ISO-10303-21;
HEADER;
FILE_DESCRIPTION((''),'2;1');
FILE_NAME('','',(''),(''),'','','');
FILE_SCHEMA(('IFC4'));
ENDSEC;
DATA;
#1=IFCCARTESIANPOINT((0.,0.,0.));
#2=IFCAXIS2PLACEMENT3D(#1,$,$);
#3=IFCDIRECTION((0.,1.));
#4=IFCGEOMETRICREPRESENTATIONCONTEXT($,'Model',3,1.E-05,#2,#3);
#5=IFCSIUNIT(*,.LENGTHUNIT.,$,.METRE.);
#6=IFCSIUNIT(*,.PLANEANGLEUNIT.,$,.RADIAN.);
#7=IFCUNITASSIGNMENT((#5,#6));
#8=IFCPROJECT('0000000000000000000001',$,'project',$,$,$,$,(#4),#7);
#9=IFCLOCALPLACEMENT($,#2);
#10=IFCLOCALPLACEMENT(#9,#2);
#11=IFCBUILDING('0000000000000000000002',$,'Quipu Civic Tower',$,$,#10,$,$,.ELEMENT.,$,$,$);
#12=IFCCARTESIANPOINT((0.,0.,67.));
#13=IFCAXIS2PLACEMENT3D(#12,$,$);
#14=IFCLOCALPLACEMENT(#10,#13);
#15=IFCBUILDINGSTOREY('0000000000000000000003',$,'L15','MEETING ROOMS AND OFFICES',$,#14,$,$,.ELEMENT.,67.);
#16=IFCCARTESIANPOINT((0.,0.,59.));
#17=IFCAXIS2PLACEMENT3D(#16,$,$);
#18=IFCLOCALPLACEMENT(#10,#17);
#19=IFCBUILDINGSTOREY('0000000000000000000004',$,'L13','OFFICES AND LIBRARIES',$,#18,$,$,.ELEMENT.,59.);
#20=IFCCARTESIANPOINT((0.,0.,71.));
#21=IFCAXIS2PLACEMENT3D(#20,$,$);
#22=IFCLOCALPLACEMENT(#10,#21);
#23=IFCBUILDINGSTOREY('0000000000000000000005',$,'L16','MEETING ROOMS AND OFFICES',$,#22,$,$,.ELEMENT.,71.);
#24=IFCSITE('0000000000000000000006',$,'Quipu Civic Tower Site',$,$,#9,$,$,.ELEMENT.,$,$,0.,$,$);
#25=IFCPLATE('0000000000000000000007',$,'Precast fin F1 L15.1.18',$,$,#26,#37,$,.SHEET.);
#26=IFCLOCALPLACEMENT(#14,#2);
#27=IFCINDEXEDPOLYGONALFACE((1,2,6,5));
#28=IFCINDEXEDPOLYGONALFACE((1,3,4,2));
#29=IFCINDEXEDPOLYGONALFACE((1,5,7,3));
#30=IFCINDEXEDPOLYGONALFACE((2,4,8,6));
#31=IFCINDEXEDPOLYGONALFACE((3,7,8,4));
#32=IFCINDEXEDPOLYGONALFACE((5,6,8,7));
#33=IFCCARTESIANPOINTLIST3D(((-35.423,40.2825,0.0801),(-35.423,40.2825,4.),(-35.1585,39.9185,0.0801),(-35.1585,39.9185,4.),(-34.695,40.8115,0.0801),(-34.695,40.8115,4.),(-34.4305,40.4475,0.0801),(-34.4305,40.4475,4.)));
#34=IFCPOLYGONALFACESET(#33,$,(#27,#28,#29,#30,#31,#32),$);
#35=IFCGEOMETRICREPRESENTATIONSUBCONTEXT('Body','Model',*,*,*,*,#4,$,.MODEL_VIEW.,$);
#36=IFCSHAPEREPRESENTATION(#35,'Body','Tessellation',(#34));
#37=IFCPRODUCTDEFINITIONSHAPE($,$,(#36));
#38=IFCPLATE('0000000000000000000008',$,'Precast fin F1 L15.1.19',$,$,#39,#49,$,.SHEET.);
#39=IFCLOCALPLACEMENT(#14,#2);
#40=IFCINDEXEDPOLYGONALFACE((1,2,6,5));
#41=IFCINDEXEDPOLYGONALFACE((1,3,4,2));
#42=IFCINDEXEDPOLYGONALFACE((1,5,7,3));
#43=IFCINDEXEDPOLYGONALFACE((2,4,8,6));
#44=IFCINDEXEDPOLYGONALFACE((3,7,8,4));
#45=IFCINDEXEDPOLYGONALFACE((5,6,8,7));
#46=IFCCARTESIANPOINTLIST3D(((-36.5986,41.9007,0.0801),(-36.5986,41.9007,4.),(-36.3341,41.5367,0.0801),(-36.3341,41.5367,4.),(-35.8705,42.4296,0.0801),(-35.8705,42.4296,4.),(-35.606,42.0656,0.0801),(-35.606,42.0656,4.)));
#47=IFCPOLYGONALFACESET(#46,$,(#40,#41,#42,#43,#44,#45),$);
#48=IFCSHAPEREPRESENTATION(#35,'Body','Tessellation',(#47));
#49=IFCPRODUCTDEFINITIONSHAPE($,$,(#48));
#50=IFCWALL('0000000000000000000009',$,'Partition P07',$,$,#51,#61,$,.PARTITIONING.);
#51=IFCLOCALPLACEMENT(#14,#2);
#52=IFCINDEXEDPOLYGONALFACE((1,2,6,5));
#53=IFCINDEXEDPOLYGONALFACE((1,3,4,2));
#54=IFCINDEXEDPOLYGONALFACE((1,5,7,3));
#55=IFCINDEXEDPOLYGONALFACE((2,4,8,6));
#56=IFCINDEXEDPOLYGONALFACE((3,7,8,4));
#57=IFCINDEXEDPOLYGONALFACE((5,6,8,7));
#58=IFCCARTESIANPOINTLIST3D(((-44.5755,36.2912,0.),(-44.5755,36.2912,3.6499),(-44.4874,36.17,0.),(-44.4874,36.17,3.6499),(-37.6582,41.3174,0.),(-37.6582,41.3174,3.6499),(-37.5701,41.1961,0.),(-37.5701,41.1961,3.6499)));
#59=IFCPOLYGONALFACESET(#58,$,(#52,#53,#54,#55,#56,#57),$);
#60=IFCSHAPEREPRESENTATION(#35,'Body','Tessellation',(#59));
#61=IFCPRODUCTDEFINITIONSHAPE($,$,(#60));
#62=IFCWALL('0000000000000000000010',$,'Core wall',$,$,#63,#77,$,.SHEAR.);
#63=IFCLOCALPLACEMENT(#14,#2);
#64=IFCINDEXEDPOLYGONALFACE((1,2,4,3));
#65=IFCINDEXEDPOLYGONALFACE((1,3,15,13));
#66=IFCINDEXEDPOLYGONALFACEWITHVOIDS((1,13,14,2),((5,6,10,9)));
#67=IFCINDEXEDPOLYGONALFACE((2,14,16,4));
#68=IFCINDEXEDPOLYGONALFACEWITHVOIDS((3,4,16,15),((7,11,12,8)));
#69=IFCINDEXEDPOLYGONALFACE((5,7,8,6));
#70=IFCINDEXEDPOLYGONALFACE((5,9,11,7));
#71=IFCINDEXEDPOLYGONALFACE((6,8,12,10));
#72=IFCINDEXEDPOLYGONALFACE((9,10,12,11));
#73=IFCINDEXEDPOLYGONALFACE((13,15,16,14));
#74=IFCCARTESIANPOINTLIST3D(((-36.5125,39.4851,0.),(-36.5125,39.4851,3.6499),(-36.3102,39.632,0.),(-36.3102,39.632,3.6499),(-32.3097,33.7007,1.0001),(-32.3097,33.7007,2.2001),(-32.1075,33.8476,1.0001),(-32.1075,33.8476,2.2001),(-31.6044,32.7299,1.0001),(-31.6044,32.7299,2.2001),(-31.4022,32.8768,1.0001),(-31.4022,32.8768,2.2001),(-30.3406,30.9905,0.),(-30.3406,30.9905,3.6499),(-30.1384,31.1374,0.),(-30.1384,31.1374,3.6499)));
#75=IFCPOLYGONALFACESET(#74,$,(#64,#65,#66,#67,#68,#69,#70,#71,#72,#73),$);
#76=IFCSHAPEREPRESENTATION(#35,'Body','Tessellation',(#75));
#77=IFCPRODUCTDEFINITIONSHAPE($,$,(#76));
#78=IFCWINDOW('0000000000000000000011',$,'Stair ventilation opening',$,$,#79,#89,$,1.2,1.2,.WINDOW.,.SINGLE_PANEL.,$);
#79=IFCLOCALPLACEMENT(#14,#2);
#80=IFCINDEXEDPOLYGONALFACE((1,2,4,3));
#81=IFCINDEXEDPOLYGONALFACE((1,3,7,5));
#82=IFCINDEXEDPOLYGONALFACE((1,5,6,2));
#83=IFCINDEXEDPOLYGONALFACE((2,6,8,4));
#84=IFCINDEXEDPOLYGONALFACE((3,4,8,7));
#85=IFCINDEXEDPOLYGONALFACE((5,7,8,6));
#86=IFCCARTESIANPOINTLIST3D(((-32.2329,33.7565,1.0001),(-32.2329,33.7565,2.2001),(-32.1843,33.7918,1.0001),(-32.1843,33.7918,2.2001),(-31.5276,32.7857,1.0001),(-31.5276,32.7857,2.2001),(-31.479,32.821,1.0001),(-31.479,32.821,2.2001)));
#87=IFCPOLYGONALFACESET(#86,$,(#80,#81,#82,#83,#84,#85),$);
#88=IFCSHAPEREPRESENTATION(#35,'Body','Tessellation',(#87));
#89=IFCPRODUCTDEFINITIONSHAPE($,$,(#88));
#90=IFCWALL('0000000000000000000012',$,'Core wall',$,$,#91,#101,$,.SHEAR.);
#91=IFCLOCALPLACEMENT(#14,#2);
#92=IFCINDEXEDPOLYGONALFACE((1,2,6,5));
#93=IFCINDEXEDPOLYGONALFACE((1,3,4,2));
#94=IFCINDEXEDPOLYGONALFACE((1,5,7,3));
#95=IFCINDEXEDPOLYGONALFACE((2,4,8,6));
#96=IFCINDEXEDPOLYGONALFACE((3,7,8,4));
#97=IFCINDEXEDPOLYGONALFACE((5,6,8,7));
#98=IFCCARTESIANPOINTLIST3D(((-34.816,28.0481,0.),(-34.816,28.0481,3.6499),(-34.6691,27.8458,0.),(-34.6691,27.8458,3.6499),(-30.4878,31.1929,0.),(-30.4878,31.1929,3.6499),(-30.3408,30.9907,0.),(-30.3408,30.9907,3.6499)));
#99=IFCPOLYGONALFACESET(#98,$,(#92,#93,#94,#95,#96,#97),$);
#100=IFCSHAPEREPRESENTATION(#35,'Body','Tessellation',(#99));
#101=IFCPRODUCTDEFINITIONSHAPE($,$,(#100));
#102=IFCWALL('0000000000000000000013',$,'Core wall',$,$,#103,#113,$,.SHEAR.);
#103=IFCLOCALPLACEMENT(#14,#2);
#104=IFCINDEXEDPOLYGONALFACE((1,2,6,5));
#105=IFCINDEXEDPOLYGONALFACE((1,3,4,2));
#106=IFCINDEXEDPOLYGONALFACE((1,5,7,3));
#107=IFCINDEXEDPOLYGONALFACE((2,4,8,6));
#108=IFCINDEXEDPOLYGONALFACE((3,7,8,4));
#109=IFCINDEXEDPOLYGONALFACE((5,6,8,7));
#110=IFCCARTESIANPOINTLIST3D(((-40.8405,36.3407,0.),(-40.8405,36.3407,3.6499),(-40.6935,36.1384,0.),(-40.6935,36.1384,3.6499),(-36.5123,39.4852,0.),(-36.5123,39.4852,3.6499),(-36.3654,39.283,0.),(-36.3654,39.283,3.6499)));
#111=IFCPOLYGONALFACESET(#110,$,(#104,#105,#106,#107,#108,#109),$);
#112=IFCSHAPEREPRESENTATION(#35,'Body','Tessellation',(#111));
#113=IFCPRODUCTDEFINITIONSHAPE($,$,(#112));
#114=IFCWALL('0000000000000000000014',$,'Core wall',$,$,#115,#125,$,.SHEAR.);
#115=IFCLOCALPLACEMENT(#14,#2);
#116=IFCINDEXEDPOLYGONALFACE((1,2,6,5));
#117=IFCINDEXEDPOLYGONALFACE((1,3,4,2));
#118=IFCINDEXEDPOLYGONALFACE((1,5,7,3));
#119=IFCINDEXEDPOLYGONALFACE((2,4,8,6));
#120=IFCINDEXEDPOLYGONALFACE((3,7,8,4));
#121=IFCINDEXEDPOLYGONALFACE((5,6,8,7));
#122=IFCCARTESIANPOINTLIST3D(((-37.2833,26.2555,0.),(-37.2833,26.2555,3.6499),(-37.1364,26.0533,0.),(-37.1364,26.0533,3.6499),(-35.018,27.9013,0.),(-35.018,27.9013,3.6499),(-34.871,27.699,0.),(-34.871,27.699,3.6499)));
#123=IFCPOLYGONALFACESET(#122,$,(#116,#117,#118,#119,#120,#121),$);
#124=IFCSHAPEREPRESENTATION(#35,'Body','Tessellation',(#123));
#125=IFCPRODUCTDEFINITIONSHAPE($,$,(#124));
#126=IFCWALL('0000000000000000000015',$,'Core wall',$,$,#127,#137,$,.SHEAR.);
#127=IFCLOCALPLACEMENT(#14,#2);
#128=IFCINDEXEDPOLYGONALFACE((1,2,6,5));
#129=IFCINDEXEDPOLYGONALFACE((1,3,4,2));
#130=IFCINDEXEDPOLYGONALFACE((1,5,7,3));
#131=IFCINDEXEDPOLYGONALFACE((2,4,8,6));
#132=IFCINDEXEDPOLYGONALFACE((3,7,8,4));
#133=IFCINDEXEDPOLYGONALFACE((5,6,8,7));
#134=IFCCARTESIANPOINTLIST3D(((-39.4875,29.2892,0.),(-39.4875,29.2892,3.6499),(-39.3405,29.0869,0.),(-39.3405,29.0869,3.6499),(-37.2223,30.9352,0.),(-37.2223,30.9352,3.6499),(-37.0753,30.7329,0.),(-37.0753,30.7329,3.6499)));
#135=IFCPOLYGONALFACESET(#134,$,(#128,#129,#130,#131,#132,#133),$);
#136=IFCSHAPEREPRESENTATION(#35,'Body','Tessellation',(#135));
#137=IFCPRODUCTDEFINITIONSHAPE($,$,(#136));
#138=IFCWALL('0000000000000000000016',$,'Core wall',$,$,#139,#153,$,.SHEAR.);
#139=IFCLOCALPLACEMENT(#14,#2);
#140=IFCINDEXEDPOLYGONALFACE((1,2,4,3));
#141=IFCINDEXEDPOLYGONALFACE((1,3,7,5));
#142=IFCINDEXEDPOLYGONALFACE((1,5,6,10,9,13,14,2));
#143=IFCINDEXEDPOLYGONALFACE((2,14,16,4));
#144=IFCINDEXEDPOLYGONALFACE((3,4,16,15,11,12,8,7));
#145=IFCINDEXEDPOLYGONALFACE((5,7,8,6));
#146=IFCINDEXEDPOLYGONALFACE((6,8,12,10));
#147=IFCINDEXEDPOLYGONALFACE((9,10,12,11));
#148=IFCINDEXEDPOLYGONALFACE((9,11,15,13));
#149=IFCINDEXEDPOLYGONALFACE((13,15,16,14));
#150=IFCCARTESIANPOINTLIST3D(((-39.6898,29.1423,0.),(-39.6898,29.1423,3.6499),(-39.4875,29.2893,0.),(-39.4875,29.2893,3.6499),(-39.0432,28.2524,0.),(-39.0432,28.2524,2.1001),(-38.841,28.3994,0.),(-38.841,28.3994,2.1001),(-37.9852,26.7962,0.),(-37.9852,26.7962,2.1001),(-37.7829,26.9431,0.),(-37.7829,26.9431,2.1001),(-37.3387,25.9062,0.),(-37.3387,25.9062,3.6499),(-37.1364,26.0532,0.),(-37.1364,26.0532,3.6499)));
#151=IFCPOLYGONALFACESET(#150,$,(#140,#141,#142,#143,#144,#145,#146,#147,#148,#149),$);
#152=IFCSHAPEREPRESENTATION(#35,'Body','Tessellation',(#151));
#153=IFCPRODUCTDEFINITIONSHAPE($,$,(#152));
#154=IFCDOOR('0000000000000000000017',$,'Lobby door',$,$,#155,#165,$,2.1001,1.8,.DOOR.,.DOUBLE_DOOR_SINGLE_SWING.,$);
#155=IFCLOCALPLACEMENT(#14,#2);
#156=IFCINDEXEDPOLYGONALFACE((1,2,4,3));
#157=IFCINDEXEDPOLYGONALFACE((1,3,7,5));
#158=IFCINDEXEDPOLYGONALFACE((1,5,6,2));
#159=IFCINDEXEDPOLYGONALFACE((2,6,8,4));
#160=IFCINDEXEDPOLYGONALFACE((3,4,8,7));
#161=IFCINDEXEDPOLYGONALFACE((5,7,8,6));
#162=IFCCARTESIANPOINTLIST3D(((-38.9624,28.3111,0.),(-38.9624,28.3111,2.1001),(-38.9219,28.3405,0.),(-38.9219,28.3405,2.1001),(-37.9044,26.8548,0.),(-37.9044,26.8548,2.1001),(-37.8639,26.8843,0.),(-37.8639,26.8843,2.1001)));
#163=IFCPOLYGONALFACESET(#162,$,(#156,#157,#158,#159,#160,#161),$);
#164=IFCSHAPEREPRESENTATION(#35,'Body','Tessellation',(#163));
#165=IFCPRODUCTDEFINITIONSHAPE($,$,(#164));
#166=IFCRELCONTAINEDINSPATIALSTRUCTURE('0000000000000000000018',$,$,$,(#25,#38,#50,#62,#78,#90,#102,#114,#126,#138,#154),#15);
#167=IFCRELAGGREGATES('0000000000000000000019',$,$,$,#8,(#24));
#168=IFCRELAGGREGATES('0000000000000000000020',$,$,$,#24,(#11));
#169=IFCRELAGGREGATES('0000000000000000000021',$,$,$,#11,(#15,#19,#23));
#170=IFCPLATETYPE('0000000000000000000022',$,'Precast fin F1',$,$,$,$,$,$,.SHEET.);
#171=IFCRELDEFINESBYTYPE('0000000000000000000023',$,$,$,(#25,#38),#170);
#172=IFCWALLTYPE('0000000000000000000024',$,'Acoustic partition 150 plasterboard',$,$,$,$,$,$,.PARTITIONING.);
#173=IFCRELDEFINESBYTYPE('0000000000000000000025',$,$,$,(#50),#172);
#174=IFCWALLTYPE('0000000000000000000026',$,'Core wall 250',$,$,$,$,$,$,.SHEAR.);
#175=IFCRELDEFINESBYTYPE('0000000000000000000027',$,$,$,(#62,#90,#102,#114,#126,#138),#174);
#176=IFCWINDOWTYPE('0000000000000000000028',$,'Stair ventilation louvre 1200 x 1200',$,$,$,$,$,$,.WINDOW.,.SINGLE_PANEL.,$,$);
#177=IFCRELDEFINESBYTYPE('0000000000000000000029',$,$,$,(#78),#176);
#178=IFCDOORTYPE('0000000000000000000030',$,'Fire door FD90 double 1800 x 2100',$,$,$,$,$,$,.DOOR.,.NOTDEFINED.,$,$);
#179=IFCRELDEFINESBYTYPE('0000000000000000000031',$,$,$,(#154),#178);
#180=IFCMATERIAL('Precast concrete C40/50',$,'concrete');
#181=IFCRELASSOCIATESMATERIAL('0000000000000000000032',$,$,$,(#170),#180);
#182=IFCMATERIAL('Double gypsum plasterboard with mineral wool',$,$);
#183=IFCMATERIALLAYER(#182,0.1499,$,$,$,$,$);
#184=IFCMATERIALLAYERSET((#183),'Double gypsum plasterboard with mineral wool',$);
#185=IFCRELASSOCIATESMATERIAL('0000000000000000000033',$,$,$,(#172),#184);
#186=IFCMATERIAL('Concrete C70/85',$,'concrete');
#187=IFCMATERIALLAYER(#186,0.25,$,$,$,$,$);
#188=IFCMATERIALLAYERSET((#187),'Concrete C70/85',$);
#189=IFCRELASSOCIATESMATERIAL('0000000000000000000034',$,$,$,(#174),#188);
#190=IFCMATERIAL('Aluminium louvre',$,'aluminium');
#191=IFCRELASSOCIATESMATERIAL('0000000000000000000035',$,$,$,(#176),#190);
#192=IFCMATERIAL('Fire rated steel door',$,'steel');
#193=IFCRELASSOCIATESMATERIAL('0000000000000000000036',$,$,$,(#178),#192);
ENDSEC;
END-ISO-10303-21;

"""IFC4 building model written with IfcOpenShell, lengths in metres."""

from ifc_helpers import new_model, si_unit, direction, frame, frame_2d, origin, origin_2d, place, context, subcontext, project, spatial, rectangle, extrude, material, layer, layer_set, type_object, element, fill, save


model = new_model("IFC4")

# Units and contexts
model_context = context("Model", 3, precision=1e-05, world=origin(), true_north=direction((0.0, 1.0)))
body_context = subcontext(model_context, "Body", "Model", "MODEL_VIEW")
ifc_project = project(units=[si_unit("LENGTHUNIT", "METRE"), si_unit("PLANEANGLEUNIT", "RADIAN")], contexts=[model_context])

# Site, building, storey
site_placement = place(None, origin())
site = spatial("IfcSite", under=ifc_project, at=site_placement, Name="Quipu Civic Tower Site", CompositionType="ELEMENT", RefElevation=0.0)
building_placement = place(site_placement, origin())
building = spatial("IfcBuilding", under=site, at=building_placement, Name="Quipu Civic Tower", CompositionType="ELEMENT")
storey_1_placement = place(building_placement, frame((0.0, 0.0, 67.0)))
storey_1 = spatial("IfcBuildingStorey", under=building, at=storey_1_placement, Name="L15", Description="MEETING ROOMS AND OFFICES", CompositionType="ELEMENT", Elevation=67.0)

# Shared definitions
storey_2_placement = place(building_placement, frame((0.0, 0.0, 59.0)))
storey_2 = spatial("IfcBuildingStorey", under=building, at=storey_2_placement, Name="L13", Description="OFFICES AND LIBRARIES", CompositionType="ELEMENT", Elevation=59.0)

# Shared definitions
storey_3_placement = place(building_placement, frame((0.0, 0.0, 71.0)))
storey_3 = spatial("IfcBuildingStorey", under=building, at=storey_3_placement, Name="L16", Description="MEETING ROOMS AND OFFICES", CompositionType="ELEMENT", Elevation=71.0)

# Plates
ifc_material_1 = material(Name="Precast concrete C40/50", Category="concrete")
plate_type_1 = type_object("IfcPlateType", Name="Precast fin F1", PredefinedType="SHEET", material=ifc_material_1)
for number, where, z_axis, x_axis, name in (
    (1, (-34.9268, 40.365, 0.0801), (0.0, 0.0, 1.0), (-0.587785, 0.809017, 0.0), "Precast fin F1 L15.1.18"),
    (2, (-36.1023, 41.9832, 0.0801), (0.0, 0.0, 1.0), (-0.587785, 0.809017, 0.0), "Precast fin F1 L15.1.19"),
):
    element("IfcPlate", number, at=place(storey_1_placement, frame(where, z_axis=z_axis, x_axis=x_axis)), inside=storey_1, type_object=plate_type_1, Name=name, PredefinedType="SHEET", context=body_context, shape_type="SweptSolid", body=[
        extrude(rectangle(XDim=0.45, YDim=0.8999, at=origin_2d()), origin(), (0.0, 0.0, 1.0), 3.9199),
    ])

# Wall
ifc_material_2 = material(Name="Double gypsum plasterboard with mineral wool")
ifc_layer_1 = layer(ifc_material_2, 0.1499)
ifc_layer_set_1 = layer_set([ifc_layer_1], Name="Double gypsum plasterboard with mineral wool")
wall_type_1 = type_object("IfcWallType", Name="Acoustic partition 150 plasterboard", PredefinedType="PARTITIONING", material=ifc_layer_set_1)
wall_1_placement = place(storey_1_placement, frame((-37.614, 41.2568, 0.0), z_axis=(0.0, 0.0, 1.0), x_axis=(-0.808992, -0.58782, 0.0)))
element("IfcWall", 3, at=wall_1_placement, inside=storey_1, type_object=wall_type_1, Name="Partition P07", PredefinedType="PARTITIONING", context=body_context, shape_type="SweptSolid", body=[
    extrude(rectangle(XDim=8.5505, YDim=0.1499, at=frame_2d((4.2754, 0.0))), origin(), (0.0, 0.0, 1.0), 3.6499),
])

# Wall, opening, window
ifc_material_3 = material(Name="Concrete C70/85", Category="concrete")
ifc_layer_2 = layer(ifc_material_3, 0.25)
ifc_layer_set_2 = layer_set([ifc_layer_2], Name="Concrete C70/85")
wall_type_2 = type_object("IfcWallType", Name="Core wall 250", PredefinedType="SHEAR", material=ifc_layer_set_2)
wall_2_placement = place(storey_1_placement, frame((-30.2395, 31.064, 0.0), z_axis=(0.0, 0.0, 1.0), x_axis=(-0.587796, 0.809009, 0.0)))
wall_2 = element("IfcWall", 4, at=wall_2_placement, inside=storey_1, type_object=wall_type_2, Name="Core wall", PredefinedType="SHEAR", context=body_context, shape_type="SweptSolid", body=[
    extrude(rectangle(XDim=10.5, YDim=0.25, at=frame_2d((5.25, 0.0))), origin(), (0.0, 0.0, 1.0), 3.6499),
])
opening_1_placement = place(wall_2_placement, frame((2.1499, 0.0, 1.0)))
opening_1 = element("IfcOpeningElement", 5, at=opening_1_placement, cuts=wall_2, PredefinedType="OPENING", context=body_context, shape_type="SweptSolid", body=[
    extrude(rectangle(XDim=1.2, YDim=1.2, at=frame_2d((0.6001, 0.6001))), frame((0.0, 0.135, 0.0), z_axis=(0.0, -1.0, 0.0), x_axis=(1.0, 0.0, 0.0)), (0.0, 0.0, 1.0), 0.27),
])
ifc_material_4 = material(Name="Aluminium louvre", Category="aluminium")
window_type = type_object("IfcWindowType", Name="Stair ventilation louvre 1200 x 1200", PartitioningType="SINGLE_PANEL", PredefinedType="WINDOW", material=ifc_material_4)
window_placement = place(opening_1_placement, origin())
window = element("IfcWindow", 6, at=window_placement, inside=storey_1, type_object=window_type, Name="Stair ventilation opening", OverallHeight=1.2, OverallWidth=1.2, PartitioningType="SINGLE_PANEL", PredefinedType="WINDOW", context=body_context, shape_type="SweptSolid", body=[
    extrude(rectangle(XDim=1.2, YDim=1.2, at=frame_2d((0.6001, 0.6001))), frame((0.0, 0.03, 0.0), z_axis=(0.0, -1.0, 0.0), x_axis=(1.0, 0.0, 0.0)), (0.0, 0.0, 1.0), 0.0601),
])
fill(opening_1, window)

# Walls
wall_3_placement = place(storey_1_placement, frame((-30.4143, 31.0918, 0.0), z_axis=(0.0, 0.0, 1.0), x_axis=(-0.808998, -0.587811, 0.0)))
element("IfcWall", 7, at=wall_3_placement, inside=storey_1, type_object=wall_type_2, Name="Core wall", PredefinedType="SHEAR", context=body_context, shape_type="SweptSolid", body=[
    extrude(rectangle(XDim=5.3501, YDim=0.25, at=frame_2d((2.675, 0.0))), origin(), (0.0, 0.0, 1.0), 3.6499),
])
wall_4_placement = place(storey_1_placement, frame((-36.439, 39.384, 0.0), z_axis=(0.0, 0.0, 1.0), x_axis=(-0.80902, -0.587781, 0.0)))
element("IfcWall", 8, at=wall_4_placement, inside=storey_1, type_object=wall_type_2, Name="Core wall", PredefinedType="SHEAR", context=body_context, shape_type="SweptSolid", body=[
    extrude(rectangle(XDim=5.3499, YDim=0.25, at=frame_2d((2.6748, 0.0))), origin(), (0.0, 0.0, 1.0), 3.6499),
])
for number, where, z_axis, x_axis, name in (
    (9, (-34.9446, 27.8, 0.0), (0.0, 0.0, 1.0), (-0.809041, -0.587752, 0.0), "Core wall"),
    (10, (-37.1489, 30.834, 0.0), (0.0, 0.0, 1.0), (-0.80897, -0.58785, 0.0), "Core wall"),
):
    element("IfcWall", number, at=place(storey_1_placement, frame(where, z_axis=z_axis, x_axis=x_axis)), inside=storey_1, type_object=wall_type_2, Name=name, PredefinedType="SHEAR", context=body_context, shape_type="SweptSolid", body=[
        extrude(rectangle(XDim=2.8, YDim=0.25, at=frame_2d((1.3999, 0.0))), origin(), (0.0, 0.0, 1.0), 3.6499),
    ])

# Wall, opening, door
wall_5_placement = place(storey_1_placement, frame((-39.5886, 29.2158, 0.0), z_axis=(0.0, 0.0, 1.0), x_axis=(0.587772, -0.809026, 0.0)))
wall_5 = element("IfcWall", 11, at=wall_5_placement, inside=storey_1, type_object=wall_type_2, Name="Core wall", PredefinedType="SHEAR", context=body_context, shape_type="SweptSolid", body=[
    extrude(rectangle(XDim=4.0, YDim=0.25, at=frame_2d((2.0, 0.0))), origin(), (0.0, 0.0, 1.0), 3.6499),
])
opening_2_placement = place(wall_5_placement, frame((1.1001, 0.0, 0.0)))
opening_2 = element("IfcOpeningElement", 12, at=opening_2_placement, cuts=wall_5, PredefinedType="OPENING", context=body_context, shape_type="SweptSolid", body=[
    extrude(rectangle(XDim=1.8, YDim=2.1001, at=frame_2d((0.8999, 1.05))), frame((0.0, 0.135, 0.0), z_axis=(0.0, -1.0, 0.0), x_axis=(1.0, 0.0, 0.0)), (0.0, 0.0, 1.0), 0.27),
])
ifc_material_5 = material(Name="Fire rated steel door", Category="steel")
door_type_1 = type_object("IfcDoorType", Name="Fire door FD90 double 1800 x 2100", OperationType="NOTDEFINED", PredefinedType="DOOR", material=ifc_material_5)
door_1_placement = place(opening_2_placement, origin())
door_1 = element("IfcDoor", 13, at=door_1_placement, inside=storey_1, type_object=door_type_1, Name="Lobby door", OperationType="DOUBLE_DOOR_SINGLE_SWING", OverallHeight=2.1001, OverallWidth=1.8, PredefinedType="DOOR", context=body_context, shape_type="SweptSolid", body=[
    extrude(rectangle(XDim=1.8, YDim=2.1001, at=frame_2d((0.8999, 1.05))), frame((0.0, 0.0249, 0.0), z_axis=(0.0, -1.0, 0.0), x_axis=(1.0, 0.0, 0.0)), (0.0, 0.0, 1.0), 0.05),
])
fill(opening_2, door_1)

save(model, "model.ifc")
